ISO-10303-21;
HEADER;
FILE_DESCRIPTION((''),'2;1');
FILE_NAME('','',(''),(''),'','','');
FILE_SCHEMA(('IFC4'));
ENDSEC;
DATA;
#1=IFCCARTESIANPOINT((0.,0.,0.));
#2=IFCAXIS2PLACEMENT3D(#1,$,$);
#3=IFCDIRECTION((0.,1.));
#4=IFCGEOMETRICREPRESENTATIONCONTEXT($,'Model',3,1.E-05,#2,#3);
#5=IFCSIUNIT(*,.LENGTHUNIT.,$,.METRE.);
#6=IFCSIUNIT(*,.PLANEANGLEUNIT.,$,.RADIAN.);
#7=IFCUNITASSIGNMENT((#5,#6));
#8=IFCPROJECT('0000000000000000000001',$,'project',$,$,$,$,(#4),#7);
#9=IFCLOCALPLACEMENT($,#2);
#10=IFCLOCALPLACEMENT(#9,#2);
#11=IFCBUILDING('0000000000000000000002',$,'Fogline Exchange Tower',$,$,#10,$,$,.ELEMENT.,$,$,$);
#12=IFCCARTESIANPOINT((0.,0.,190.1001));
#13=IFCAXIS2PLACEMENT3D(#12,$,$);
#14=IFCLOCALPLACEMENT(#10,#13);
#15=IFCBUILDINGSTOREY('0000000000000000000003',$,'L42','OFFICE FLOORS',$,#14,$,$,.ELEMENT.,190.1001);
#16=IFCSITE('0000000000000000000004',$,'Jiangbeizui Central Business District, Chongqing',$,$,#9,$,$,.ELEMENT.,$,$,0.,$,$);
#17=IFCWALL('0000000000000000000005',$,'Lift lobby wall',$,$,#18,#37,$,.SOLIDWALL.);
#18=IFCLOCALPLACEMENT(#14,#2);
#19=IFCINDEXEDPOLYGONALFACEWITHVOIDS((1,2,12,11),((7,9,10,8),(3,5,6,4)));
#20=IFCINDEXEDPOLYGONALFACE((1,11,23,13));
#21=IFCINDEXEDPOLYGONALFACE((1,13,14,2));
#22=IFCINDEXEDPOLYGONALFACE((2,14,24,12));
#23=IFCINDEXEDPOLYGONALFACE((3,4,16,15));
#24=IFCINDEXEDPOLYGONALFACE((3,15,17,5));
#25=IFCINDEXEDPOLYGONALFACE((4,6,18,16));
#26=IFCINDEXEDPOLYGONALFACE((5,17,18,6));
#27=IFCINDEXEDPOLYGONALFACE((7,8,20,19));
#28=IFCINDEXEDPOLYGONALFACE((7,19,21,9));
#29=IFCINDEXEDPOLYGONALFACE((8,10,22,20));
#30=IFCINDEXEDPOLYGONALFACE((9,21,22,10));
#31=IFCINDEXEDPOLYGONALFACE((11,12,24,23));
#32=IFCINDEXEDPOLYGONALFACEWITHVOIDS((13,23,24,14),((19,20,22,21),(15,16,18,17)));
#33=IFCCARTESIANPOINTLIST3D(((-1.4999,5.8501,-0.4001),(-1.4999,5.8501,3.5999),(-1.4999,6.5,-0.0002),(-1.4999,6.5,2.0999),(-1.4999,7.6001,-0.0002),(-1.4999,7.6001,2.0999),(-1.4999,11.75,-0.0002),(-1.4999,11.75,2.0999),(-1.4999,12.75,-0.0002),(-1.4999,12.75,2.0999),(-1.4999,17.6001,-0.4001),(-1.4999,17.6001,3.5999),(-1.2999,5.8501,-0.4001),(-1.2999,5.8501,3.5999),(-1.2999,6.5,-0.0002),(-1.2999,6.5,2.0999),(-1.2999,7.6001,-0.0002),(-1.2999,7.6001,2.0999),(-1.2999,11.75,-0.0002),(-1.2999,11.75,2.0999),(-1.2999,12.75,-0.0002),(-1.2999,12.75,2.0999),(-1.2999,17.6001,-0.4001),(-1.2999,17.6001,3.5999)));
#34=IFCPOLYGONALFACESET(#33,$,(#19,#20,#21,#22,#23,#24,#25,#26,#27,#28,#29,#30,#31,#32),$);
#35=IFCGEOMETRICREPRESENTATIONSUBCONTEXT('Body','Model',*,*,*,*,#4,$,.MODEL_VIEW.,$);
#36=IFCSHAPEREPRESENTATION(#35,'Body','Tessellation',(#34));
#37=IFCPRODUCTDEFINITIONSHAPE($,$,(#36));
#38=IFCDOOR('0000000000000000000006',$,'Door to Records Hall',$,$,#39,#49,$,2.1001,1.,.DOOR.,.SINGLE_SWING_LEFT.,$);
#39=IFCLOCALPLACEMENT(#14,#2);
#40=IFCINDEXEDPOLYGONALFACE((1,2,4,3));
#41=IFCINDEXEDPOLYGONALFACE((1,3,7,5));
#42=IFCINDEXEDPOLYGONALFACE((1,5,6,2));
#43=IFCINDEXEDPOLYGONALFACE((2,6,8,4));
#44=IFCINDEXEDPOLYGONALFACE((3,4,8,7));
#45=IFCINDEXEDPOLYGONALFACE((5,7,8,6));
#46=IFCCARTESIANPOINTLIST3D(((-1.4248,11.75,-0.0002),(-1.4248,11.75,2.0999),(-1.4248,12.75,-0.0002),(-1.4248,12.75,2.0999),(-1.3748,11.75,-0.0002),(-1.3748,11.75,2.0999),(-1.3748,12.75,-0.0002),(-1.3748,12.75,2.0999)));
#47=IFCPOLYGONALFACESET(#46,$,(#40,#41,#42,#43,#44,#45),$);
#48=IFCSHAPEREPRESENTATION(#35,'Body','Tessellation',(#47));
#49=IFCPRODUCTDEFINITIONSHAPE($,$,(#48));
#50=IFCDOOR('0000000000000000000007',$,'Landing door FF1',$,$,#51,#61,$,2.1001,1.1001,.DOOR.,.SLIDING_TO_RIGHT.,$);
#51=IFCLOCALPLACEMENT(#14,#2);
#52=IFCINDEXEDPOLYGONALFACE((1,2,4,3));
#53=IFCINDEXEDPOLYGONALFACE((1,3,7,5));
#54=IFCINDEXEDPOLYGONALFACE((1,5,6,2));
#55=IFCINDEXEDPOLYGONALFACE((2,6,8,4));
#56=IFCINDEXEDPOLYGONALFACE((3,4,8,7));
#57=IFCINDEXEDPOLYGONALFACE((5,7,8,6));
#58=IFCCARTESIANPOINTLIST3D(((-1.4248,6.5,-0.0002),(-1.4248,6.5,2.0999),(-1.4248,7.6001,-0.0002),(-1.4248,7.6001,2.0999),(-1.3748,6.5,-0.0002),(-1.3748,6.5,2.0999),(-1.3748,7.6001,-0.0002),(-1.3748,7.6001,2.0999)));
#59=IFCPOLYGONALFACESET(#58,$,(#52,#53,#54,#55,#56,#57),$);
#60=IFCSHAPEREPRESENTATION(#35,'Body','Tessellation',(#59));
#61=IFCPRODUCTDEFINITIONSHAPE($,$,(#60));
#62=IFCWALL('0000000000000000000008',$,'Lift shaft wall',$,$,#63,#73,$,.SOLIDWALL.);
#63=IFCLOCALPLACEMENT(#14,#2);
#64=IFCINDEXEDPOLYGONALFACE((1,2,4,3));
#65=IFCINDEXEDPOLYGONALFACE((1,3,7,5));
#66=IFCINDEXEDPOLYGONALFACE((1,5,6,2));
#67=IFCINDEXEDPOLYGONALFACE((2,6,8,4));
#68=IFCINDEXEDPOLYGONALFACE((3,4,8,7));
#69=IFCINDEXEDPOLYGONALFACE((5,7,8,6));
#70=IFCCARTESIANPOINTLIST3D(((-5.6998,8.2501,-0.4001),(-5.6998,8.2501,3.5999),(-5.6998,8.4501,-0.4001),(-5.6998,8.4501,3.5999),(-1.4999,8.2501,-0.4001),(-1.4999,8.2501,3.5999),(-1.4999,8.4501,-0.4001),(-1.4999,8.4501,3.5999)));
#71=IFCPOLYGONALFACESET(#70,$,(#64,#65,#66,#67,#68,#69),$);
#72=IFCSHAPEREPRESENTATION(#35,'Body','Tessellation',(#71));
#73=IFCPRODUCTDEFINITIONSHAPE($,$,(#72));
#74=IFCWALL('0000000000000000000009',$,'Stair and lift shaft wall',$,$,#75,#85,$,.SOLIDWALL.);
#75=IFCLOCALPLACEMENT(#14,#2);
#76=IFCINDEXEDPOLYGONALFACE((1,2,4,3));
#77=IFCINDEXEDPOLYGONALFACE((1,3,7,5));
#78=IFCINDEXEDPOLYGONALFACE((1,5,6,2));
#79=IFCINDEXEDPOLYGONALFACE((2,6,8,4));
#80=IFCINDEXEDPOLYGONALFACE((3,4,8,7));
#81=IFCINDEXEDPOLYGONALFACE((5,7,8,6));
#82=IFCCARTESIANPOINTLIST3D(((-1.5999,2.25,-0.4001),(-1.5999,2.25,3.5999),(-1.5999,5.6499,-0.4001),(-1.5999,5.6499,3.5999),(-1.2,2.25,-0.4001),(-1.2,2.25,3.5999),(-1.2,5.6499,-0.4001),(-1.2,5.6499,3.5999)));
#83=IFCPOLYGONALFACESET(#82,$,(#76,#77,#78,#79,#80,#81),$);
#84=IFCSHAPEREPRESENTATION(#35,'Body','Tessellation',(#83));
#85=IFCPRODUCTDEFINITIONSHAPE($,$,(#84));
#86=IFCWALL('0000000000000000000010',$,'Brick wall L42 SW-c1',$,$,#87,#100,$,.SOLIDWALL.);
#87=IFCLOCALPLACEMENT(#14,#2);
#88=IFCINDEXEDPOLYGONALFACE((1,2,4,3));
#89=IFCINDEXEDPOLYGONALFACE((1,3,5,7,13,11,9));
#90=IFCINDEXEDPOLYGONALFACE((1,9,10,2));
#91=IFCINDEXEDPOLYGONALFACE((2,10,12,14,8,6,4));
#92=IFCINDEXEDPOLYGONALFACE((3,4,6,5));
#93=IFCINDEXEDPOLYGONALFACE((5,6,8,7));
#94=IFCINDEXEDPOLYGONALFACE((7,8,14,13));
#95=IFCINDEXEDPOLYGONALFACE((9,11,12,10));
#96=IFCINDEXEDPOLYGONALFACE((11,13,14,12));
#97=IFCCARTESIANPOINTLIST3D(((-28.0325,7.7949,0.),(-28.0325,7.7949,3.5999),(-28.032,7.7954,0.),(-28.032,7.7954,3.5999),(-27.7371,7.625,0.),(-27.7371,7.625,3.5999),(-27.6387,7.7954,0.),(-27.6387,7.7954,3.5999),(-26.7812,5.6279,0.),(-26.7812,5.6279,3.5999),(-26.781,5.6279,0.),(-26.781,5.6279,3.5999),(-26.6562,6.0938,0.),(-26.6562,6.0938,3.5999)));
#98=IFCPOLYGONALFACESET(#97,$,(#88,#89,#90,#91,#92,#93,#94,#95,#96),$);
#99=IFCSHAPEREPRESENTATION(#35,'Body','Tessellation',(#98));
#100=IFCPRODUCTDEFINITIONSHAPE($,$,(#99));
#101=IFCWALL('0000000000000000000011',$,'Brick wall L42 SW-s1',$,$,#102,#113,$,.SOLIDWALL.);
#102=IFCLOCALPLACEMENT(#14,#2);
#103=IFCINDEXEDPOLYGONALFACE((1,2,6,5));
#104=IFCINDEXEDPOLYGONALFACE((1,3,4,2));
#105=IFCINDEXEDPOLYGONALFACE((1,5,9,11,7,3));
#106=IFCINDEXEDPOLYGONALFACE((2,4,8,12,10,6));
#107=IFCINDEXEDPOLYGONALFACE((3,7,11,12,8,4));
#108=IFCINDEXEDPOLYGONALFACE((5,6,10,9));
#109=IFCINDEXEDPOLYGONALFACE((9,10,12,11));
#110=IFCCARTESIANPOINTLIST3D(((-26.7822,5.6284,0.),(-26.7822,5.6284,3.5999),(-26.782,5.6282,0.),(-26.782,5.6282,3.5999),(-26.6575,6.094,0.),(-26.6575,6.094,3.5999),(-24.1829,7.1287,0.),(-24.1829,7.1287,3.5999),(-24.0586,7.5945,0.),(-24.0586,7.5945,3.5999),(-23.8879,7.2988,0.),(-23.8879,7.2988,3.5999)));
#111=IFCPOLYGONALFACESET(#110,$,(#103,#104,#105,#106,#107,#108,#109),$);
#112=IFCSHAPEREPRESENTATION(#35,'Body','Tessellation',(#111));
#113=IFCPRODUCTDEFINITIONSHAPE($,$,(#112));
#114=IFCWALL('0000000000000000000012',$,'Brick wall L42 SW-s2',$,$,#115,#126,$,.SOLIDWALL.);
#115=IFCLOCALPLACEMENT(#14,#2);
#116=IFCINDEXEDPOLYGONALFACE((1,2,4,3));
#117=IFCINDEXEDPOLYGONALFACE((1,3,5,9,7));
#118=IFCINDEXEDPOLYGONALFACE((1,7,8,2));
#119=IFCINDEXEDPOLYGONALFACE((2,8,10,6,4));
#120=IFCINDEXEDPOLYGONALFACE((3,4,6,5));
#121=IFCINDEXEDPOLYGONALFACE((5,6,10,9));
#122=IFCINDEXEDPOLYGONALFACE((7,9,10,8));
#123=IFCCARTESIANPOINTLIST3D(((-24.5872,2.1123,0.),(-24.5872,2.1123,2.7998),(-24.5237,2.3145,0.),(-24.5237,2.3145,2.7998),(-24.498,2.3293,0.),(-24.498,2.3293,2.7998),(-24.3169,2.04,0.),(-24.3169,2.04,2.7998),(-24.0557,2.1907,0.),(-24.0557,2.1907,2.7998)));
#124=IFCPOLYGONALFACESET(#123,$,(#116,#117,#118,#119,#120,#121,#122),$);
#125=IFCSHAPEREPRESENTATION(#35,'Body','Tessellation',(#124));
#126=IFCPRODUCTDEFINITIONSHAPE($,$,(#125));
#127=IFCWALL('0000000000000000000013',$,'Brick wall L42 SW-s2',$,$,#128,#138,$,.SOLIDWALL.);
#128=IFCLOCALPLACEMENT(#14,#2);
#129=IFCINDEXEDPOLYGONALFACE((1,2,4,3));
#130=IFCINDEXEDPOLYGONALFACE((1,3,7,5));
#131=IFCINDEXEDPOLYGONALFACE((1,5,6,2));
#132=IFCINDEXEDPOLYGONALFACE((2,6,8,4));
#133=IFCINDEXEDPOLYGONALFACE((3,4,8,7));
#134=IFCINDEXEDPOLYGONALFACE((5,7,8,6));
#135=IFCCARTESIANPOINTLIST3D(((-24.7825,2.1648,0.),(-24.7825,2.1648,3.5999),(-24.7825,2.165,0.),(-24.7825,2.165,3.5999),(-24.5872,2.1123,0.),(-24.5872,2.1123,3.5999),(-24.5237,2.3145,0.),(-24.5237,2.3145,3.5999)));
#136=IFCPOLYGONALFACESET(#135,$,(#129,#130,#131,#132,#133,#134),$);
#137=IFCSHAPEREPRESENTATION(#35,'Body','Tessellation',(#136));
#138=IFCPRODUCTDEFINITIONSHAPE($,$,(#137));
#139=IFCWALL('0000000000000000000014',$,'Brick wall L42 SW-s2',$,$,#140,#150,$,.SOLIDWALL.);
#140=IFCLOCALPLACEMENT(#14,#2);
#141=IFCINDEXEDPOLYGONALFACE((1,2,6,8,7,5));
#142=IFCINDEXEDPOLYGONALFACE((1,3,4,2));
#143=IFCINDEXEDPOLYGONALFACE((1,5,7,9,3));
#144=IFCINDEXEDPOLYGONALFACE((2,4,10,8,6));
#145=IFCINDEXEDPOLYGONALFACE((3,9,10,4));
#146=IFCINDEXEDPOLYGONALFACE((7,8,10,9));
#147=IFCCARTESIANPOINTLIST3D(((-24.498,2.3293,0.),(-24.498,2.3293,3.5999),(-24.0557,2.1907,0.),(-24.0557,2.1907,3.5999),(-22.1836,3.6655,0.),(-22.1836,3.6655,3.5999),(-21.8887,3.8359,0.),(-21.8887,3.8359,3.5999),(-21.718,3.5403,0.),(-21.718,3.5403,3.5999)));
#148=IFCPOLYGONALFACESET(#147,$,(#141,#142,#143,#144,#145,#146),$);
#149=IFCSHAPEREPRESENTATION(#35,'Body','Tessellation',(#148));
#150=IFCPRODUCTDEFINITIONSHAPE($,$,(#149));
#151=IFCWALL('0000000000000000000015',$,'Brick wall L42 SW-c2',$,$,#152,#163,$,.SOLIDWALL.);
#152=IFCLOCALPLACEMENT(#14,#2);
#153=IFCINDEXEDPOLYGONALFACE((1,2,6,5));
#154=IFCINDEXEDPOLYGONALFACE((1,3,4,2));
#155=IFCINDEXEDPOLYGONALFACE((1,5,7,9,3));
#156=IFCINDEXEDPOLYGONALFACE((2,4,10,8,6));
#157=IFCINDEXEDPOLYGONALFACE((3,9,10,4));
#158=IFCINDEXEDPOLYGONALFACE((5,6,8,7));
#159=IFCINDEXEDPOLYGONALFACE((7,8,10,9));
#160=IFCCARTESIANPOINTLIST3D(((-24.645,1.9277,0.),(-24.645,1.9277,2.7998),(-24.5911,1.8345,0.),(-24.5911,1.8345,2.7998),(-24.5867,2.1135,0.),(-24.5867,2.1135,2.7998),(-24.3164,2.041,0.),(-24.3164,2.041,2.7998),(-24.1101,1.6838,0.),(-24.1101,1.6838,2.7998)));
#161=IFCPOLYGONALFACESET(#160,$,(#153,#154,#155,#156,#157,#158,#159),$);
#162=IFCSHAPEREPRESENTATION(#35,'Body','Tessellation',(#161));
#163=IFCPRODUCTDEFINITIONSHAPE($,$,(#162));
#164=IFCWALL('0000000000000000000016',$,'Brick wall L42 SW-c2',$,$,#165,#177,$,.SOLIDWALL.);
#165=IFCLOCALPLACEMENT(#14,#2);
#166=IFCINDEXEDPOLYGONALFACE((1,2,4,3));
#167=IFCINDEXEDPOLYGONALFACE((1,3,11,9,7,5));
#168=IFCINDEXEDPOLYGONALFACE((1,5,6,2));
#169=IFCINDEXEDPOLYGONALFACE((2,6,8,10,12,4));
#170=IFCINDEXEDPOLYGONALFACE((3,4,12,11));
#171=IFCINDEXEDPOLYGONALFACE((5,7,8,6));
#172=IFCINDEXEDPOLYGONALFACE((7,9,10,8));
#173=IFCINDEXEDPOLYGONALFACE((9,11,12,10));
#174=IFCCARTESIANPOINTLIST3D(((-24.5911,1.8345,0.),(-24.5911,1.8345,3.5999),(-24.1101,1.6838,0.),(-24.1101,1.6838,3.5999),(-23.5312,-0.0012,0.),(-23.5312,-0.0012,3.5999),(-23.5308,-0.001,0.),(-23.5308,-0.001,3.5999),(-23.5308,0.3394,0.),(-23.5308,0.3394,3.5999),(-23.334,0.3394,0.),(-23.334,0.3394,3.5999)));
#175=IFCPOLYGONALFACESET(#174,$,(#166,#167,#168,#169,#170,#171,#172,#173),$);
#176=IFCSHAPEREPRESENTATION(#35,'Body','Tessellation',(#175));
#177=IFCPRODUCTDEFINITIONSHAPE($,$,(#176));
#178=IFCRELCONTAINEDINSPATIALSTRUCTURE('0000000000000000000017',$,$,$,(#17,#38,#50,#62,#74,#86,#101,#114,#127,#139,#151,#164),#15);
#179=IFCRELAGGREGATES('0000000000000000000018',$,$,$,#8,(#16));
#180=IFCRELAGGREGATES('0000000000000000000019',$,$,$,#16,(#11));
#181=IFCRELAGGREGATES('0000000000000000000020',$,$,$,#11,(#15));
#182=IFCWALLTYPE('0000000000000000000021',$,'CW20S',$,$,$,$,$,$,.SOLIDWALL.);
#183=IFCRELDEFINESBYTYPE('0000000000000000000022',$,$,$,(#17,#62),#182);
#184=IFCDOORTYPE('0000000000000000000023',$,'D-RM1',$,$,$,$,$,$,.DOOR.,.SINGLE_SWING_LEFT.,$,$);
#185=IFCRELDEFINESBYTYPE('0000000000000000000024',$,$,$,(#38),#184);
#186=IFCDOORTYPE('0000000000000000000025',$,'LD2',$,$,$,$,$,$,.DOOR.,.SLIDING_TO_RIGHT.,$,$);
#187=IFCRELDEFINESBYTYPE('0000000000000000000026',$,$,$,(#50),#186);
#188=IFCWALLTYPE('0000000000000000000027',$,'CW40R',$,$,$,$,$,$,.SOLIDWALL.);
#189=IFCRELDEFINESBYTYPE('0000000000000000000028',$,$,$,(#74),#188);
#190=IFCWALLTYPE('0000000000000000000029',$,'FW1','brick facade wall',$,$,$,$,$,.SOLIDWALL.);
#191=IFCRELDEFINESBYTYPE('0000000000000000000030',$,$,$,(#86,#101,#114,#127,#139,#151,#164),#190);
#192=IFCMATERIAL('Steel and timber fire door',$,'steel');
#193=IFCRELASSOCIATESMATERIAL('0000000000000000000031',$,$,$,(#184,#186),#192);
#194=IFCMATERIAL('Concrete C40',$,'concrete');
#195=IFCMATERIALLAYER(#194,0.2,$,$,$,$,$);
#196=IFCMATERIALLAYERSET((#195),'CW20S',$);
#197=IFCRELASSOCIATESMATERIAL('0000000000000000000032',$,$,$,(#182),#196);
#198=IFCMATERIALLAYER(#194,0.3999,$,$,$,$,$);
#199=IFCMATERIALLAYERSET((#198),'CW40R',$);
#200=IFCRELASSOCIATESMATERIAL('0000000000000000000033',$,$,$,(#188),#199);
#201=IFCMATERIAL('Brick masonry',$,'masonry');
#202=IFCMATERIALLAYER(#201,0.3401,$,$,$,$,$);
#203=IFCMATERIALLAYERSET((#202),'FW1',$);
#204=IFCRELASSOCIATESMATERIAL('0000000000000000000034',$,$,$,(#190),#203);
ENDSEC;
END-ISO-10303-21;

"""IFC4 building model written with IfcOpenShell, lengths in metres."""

from ifc_helpers import new_model, si_unit, direction, frame, frame_2d, origin, place, context, subcontext, project, spatial, polyline, rectangle, outline, extrude, material, layer, layer_set, type_object, element, fill, save


model = new_model("IFC4")

# Units and contexts
model_context = context("Model", 3, precision=1e-05, world=origin(), true_north=direction((0.0, 1.0)))
body_context = subcontext(model_context, "Body", "Model", "MODEL_VIEW")
ifc_project = project(units=[si_unit("LENGTHUNIT", "METRE"), si_unit("PLANEANGLEUNIT", "RADIAN")], contexts=[model_context])

# Site, building, storey
site_placement = place(None, origin())
site = spatial("IfcSite", under=ifc_project, at=site_placement, Name="Jiangbeizui Central Business District, Chongqing", CompositionType="ELEMENT", RefElevation=0.0)
building_placement = place(site_placement, origin())
building = spatial("IfcBuilding", under=site, at=building_placement, Name="Fogline Exchange Tower", CompositionType="ELEMENT")
storey_placement = place(building_placement, frame((0.0, 0.0, 190.1001)))
storey = spatial("IfcBuildingStorey", under=building, at=storey_placement, Name="L42", Description="OFFICE FLOORS", CompositionType="ELEMENT", Elevation=190.1001)

# Shared definitions
ifc_material_1 = material(Name="Concrete C40", Category="concrete")

# Shared definitions
ifc_material_2 = material(Name="Steel and timber fire door", Category="steel")
door_type_1 = type_object("IfcDoorType", Name="D-RM1", OperationType="SINGLE_SWING_LEFT", PredefinedType="DOOR", material=ifc_material_2)
ifc_layer_1 = layer(ifc_material_1, 0.2)
ifc_layer_set_1 = layer_set([ifc_layer_1], Name="CW20S")
wall_type_1 = type_object("IfcWallType", Name="CW20S", PredefinedType="SOLIDWALL", material=ifc_layer_set_1)

# Wall, openings, doors
wall_1_placement = place(storey_placement, frame((-1.3999, 5.8501, -0.4001), z_axis=(0.0, 0.0, 1.0), x_axis=(0.0, 1.0, 0.0)))
wall_1 = element("IfcWall", 1, at=wall_1_placement, inside=storey, type_object=wall_type_1, Name="Lift lobby wall", PredefinedType="SOLIDWALL", context=body_context, shape_type="SweptSolid", body=[
    extrude(rectangle(XDim=11.75, YDim=0.2, at=frame_2d((5.875, 0.0))), origin(), (0.0, 0.0, 1.0), 4.0),
])
opening_1_placement = place(wall_1_placement, frame((0.6499, 0.0, 0.3999)))
opening_1 = element("IfcOpeningElement", 2, at=opening_1_placement, cuts=wall_1, PredefinedType="OPENING", context=body_context, shape_type="SweptSolid", body=[
    extrude(rectangle(XDim=1.1001, YDim=2.1001, at=frame_2d((0.55, 1.05))), frame((0.0, 0.1099, 0.0), z_axis=(0.0, -1.0, 0.0), x_axis=(1.0, 0.0, 0.0)), (0.0, 0.0, 1.0), 0.22),
])
opening_2_placement = place(wall_1_placement, frame((5.8999, 0.0, 0.3999)))
opening_2 = element("IfcOpeningElement", 3, at=opening_2_placement, cuts=wall_1, PredefinedType="OPENING", context=body_context, shape_type="SweptSolid", body=[
    extrude(rectangle(XDim=1.0, YDim=2.1001, at=frame_2d((0.5, 1.05))), frame((0.0, 0.1099, 0.0), z_axis=(0.0, -1.0, 0.0), x_axis=(1.0, 0.0, 0.0)), (0.0, 0.0, 1.0), 0.22),
])
door_1_placement = place(opening_2_placement, origin())
door_1 = element("IfcDoor", 4, at=door_1_placement, inside=storey, type_object=door_type_1, Name="Door to Records Hall", OperationType="SINGLE_SWING_LEFT", OverallHeight=2.1001, OverallWidth=1.0, PredefinedType="DOOR", context=body_context, shape_type="SweptSolid", body=[
    extrude(rectangle(XDim=1.0, YDim=2.1001, at=frame_2d((0.5, 1.05))), frame((0.0, 0.0249, 0.0), z_axis=(0.0, -1.0, 0.0), x_axis=(1.0, 0.0, 0.0)), (0.0, 0.0, 1.0), 0.05),
])
fill(opening_2, door_1)
door_type_2 = type_object("IfcDoorType", Name="LD2", OperationType="SLIDING_TO_RIGHT", PredefinedType="DOOR", material=ifc_material_2)
door_2_placement = place(opening_1_placement, origin())
door_2 = element("IfcDoor", 5, at=door_2_placement, inside=storey, type_object=door_type_2, Name="Landing door FF1", OperationType="SLIDING_TO_RIGHT", OverallHeight=2.1001, OverallWidth=1.1001, PredefinedType="DOOR", context=body_context, shape_type="SweptSolid", body=[
    extrude(rectangle(XDim=1.1001, YDim=2.1001, at=frame_2d((0.55, 1.05))), frame((0.0, 0.0249, 0.0), z_axis=(0.0, -1.0, 0.0), x_axis=(1.0, 0.0, 0.0)), (0.0, 0.0, 1.0), 0.05),
])
fill(opening_1, door_2)

# Walls
wall_2_placement = place(storey_placement, frame((-5.7, 8.3501, -0.4001), z_axis=(0.0, 0.0, 1.0), x_axis=(1.0, 0.0, 0.0)))
element("IfcWall", 6, at=wall_2_placement, inside=storey, type_object=wall_type_1, Name="Lift shaft wall", PredefinedType="SOLIDWALL", context=body_context, shape_type="SweptSolid", body=[
    extrude(rectangle(XDim=4.2, YDim=0.2, at=frame_2d((2.1001, 0.0))), origin(), (0.0, 0.0, 1.0), 4.0),
])
ifc_layer_2 = layer(ifc_material_1, 0.3999)
ifc_layer_set_2 = layer_set([ifc_layer_2], Name="CW40R")
wall_type_2 = type_object("IfcWallType", Name="CW40R", PredefinedType="SOLIDWALL", material=ifc_layer_set_2)
wall_3_placement = place(storey_placement, frame((-1.3999, 2.25, -0.4001), z_axis=(0.0, 0.0, 1.0), x_axis=(0.0, 1.0, 0.0)))
element("IfcWall", 7, at=wall_3_placement, inside=storey, type_object=wall_type_2, Name="Stair and lift shaft wall", PredefinedType="SOLIDWALL", context=body_context, shape_type="SweptSolid", body=[
    extrude(rectangle(XDim=3.3999, YDim=0.3999, at=frame_2d((1.7, 0.0))), origin(), (0.0, 0.0, 1.0), 4.0),
])
ifc_material_3 = material(Name="Brick masonry", Category="masonry")
ifc_layer_3 = layer(ifc_material_3, 0.3401)
ifc_layer_set_3 = layer_set([ifc_layer_3], Name="FW1")
wall_type_3 = type_object("IfcWallType", Name="FW1", Description="brick facade wall", PredefinedType="SOLIDWALL", material=ifc_layer_set_3)
wall_4_placement = place(storey_placement, origin())
element("IfcWall", 8, at=wall_4_placement, inside=storey, type_object=wall_type_3, Name="Brick wall L42 SW-c1", PredefinedType="SOLIDWALL", context=body_context, shape_type="SweptSolid", body=[
    extrude(outline(polyline([(-26.7812, 5.6279), (-28.0325, 7.7949), (-28.032, 7.7954), (-27.7371, 7.625), (-27.6387, 7.7954), (-26.6562, 6.0938), (-26.781, 5.6279), (-26.7812, 5.6279)])), origin(), (0.0, 0.0, 1.0), 3.5999),
])
wall_5_placement = place(storey_placement, origin())
element("IfcWall", 9, at=wall_5_placement, inside=storey, type_object=wall_type_3, Name="Brick wall L42 SW-s1", PredefinedType="SOLIDWALL", context=body_context, shape_type="SweptSolid", body=[
    extrude(outline(polyline([(-24.0586, 7.5945), (-23.8879, 7.2988), (-24.1829, 7.1287), (-26.782, 5.6282), (-26.7822, 5.6284), (-26.6575, 6.094), (-24.0586, 7.5945)])), origin(), (0.0, 0.0, 1.0), 3.5999),
])
wall_6_placement = place(storey_placement, origin())
element("IfcWall", 10, at=wall_6_placement, inside=storey, type_object=wall_type_3, Name="Brick wall L42 SW-s2", PredefinedType="SOLIDWALL", context=body_context, shape_type="SweptSolid", body=[
    extrude(outline(polyline([(-24.498, 2.3293), (-24.0557, 2.1907), (-24.3169, 2.04), (-24.5872, 2.1123), (-24.5237, 2.3145), (-24.498, 2.3293)])), origin(), (0.0, 0.0, 1.0), 2.7998),
])
wall_7_placement = place(storey_placement, origin())
element("IfcWall", 11, at=wall_7_placement, inside=storey, type_object=wall_type_3, Name="Brick wall L42 SW-s2", PredefinedType="SOLIDWALL", context=body_context, shape_type="SweptSolid", body=[
    extrude(outline(polyline([(-24.5237, 2.3145), (-24.5872, 2.1123), (-24.7825, 2.1648), (-24.7825, 2.165), (-24.5237, 2.3145)])), origin(), (0.0, 0.0, 1.0), 3.5999),
])
wall_8_placement = place(storey_placement, origin())
element("IfcWall", 12, at=wall_8_placement, inside=storey, type_object=wall_type_3, Name="Brick wall L42 SW-s2", PredefinedType="SOLIDWALL", context=body_context, shape_type="SweptSolid", body=[
    extrude(outline(polyline([(-22.1836, 3.6655), (-21.8887, 3.8359), (-21.718, 3.5403), (-24.0557, 2.1907), (-24.498, 2.3293), (-22.1836, 3.6655)])), origin(), (0.0, 0.0, 1.0), 3.5999),
])
wall_9_placement = place(storey_placement, origin())
element("IfcWall", 13, at=wall_9_placement, inside=storey, type_object=wall_type_3, Name="Brick wall L42 SW-c2", PredefinedType="SOLIDWALL", context=body_context, shape_type="SweptSolid", body=[
    extrude(outline(polyline([(-24.645, 1.9277), (-24.5867, 2.1135), (-24.3164, 2.041), (-24.1101, 1.6838), (-24.5911, 1.8345), (-24.645, 1.9277)])), origin(), (0.0, 0.0, 1.0), 2.7998),
])
wall_10_placement = place(storey_placement, origin())
element("IfcWall", 14, at=wall_10_placement, inside=storey, type_object=wall_type_3, Name="Brick wall L42 SW-c2", PredefinedType="SOLIDWALL", context=body_context, shape_type="SweptSolid", body=[
    extrude(outline(polyline([(-23.5308, 0.3394), (-23.5308, -0.001), (-23.5312, -0.0012), (-24.5911, 1.8345), (-24.1101, 1.6838), (-23.334, 0.3394), (-23.5308, 0.3394)])), origin(), (0.0, 0.0, 1.0), 3.5999),
])

save(model, "model.ifc")
